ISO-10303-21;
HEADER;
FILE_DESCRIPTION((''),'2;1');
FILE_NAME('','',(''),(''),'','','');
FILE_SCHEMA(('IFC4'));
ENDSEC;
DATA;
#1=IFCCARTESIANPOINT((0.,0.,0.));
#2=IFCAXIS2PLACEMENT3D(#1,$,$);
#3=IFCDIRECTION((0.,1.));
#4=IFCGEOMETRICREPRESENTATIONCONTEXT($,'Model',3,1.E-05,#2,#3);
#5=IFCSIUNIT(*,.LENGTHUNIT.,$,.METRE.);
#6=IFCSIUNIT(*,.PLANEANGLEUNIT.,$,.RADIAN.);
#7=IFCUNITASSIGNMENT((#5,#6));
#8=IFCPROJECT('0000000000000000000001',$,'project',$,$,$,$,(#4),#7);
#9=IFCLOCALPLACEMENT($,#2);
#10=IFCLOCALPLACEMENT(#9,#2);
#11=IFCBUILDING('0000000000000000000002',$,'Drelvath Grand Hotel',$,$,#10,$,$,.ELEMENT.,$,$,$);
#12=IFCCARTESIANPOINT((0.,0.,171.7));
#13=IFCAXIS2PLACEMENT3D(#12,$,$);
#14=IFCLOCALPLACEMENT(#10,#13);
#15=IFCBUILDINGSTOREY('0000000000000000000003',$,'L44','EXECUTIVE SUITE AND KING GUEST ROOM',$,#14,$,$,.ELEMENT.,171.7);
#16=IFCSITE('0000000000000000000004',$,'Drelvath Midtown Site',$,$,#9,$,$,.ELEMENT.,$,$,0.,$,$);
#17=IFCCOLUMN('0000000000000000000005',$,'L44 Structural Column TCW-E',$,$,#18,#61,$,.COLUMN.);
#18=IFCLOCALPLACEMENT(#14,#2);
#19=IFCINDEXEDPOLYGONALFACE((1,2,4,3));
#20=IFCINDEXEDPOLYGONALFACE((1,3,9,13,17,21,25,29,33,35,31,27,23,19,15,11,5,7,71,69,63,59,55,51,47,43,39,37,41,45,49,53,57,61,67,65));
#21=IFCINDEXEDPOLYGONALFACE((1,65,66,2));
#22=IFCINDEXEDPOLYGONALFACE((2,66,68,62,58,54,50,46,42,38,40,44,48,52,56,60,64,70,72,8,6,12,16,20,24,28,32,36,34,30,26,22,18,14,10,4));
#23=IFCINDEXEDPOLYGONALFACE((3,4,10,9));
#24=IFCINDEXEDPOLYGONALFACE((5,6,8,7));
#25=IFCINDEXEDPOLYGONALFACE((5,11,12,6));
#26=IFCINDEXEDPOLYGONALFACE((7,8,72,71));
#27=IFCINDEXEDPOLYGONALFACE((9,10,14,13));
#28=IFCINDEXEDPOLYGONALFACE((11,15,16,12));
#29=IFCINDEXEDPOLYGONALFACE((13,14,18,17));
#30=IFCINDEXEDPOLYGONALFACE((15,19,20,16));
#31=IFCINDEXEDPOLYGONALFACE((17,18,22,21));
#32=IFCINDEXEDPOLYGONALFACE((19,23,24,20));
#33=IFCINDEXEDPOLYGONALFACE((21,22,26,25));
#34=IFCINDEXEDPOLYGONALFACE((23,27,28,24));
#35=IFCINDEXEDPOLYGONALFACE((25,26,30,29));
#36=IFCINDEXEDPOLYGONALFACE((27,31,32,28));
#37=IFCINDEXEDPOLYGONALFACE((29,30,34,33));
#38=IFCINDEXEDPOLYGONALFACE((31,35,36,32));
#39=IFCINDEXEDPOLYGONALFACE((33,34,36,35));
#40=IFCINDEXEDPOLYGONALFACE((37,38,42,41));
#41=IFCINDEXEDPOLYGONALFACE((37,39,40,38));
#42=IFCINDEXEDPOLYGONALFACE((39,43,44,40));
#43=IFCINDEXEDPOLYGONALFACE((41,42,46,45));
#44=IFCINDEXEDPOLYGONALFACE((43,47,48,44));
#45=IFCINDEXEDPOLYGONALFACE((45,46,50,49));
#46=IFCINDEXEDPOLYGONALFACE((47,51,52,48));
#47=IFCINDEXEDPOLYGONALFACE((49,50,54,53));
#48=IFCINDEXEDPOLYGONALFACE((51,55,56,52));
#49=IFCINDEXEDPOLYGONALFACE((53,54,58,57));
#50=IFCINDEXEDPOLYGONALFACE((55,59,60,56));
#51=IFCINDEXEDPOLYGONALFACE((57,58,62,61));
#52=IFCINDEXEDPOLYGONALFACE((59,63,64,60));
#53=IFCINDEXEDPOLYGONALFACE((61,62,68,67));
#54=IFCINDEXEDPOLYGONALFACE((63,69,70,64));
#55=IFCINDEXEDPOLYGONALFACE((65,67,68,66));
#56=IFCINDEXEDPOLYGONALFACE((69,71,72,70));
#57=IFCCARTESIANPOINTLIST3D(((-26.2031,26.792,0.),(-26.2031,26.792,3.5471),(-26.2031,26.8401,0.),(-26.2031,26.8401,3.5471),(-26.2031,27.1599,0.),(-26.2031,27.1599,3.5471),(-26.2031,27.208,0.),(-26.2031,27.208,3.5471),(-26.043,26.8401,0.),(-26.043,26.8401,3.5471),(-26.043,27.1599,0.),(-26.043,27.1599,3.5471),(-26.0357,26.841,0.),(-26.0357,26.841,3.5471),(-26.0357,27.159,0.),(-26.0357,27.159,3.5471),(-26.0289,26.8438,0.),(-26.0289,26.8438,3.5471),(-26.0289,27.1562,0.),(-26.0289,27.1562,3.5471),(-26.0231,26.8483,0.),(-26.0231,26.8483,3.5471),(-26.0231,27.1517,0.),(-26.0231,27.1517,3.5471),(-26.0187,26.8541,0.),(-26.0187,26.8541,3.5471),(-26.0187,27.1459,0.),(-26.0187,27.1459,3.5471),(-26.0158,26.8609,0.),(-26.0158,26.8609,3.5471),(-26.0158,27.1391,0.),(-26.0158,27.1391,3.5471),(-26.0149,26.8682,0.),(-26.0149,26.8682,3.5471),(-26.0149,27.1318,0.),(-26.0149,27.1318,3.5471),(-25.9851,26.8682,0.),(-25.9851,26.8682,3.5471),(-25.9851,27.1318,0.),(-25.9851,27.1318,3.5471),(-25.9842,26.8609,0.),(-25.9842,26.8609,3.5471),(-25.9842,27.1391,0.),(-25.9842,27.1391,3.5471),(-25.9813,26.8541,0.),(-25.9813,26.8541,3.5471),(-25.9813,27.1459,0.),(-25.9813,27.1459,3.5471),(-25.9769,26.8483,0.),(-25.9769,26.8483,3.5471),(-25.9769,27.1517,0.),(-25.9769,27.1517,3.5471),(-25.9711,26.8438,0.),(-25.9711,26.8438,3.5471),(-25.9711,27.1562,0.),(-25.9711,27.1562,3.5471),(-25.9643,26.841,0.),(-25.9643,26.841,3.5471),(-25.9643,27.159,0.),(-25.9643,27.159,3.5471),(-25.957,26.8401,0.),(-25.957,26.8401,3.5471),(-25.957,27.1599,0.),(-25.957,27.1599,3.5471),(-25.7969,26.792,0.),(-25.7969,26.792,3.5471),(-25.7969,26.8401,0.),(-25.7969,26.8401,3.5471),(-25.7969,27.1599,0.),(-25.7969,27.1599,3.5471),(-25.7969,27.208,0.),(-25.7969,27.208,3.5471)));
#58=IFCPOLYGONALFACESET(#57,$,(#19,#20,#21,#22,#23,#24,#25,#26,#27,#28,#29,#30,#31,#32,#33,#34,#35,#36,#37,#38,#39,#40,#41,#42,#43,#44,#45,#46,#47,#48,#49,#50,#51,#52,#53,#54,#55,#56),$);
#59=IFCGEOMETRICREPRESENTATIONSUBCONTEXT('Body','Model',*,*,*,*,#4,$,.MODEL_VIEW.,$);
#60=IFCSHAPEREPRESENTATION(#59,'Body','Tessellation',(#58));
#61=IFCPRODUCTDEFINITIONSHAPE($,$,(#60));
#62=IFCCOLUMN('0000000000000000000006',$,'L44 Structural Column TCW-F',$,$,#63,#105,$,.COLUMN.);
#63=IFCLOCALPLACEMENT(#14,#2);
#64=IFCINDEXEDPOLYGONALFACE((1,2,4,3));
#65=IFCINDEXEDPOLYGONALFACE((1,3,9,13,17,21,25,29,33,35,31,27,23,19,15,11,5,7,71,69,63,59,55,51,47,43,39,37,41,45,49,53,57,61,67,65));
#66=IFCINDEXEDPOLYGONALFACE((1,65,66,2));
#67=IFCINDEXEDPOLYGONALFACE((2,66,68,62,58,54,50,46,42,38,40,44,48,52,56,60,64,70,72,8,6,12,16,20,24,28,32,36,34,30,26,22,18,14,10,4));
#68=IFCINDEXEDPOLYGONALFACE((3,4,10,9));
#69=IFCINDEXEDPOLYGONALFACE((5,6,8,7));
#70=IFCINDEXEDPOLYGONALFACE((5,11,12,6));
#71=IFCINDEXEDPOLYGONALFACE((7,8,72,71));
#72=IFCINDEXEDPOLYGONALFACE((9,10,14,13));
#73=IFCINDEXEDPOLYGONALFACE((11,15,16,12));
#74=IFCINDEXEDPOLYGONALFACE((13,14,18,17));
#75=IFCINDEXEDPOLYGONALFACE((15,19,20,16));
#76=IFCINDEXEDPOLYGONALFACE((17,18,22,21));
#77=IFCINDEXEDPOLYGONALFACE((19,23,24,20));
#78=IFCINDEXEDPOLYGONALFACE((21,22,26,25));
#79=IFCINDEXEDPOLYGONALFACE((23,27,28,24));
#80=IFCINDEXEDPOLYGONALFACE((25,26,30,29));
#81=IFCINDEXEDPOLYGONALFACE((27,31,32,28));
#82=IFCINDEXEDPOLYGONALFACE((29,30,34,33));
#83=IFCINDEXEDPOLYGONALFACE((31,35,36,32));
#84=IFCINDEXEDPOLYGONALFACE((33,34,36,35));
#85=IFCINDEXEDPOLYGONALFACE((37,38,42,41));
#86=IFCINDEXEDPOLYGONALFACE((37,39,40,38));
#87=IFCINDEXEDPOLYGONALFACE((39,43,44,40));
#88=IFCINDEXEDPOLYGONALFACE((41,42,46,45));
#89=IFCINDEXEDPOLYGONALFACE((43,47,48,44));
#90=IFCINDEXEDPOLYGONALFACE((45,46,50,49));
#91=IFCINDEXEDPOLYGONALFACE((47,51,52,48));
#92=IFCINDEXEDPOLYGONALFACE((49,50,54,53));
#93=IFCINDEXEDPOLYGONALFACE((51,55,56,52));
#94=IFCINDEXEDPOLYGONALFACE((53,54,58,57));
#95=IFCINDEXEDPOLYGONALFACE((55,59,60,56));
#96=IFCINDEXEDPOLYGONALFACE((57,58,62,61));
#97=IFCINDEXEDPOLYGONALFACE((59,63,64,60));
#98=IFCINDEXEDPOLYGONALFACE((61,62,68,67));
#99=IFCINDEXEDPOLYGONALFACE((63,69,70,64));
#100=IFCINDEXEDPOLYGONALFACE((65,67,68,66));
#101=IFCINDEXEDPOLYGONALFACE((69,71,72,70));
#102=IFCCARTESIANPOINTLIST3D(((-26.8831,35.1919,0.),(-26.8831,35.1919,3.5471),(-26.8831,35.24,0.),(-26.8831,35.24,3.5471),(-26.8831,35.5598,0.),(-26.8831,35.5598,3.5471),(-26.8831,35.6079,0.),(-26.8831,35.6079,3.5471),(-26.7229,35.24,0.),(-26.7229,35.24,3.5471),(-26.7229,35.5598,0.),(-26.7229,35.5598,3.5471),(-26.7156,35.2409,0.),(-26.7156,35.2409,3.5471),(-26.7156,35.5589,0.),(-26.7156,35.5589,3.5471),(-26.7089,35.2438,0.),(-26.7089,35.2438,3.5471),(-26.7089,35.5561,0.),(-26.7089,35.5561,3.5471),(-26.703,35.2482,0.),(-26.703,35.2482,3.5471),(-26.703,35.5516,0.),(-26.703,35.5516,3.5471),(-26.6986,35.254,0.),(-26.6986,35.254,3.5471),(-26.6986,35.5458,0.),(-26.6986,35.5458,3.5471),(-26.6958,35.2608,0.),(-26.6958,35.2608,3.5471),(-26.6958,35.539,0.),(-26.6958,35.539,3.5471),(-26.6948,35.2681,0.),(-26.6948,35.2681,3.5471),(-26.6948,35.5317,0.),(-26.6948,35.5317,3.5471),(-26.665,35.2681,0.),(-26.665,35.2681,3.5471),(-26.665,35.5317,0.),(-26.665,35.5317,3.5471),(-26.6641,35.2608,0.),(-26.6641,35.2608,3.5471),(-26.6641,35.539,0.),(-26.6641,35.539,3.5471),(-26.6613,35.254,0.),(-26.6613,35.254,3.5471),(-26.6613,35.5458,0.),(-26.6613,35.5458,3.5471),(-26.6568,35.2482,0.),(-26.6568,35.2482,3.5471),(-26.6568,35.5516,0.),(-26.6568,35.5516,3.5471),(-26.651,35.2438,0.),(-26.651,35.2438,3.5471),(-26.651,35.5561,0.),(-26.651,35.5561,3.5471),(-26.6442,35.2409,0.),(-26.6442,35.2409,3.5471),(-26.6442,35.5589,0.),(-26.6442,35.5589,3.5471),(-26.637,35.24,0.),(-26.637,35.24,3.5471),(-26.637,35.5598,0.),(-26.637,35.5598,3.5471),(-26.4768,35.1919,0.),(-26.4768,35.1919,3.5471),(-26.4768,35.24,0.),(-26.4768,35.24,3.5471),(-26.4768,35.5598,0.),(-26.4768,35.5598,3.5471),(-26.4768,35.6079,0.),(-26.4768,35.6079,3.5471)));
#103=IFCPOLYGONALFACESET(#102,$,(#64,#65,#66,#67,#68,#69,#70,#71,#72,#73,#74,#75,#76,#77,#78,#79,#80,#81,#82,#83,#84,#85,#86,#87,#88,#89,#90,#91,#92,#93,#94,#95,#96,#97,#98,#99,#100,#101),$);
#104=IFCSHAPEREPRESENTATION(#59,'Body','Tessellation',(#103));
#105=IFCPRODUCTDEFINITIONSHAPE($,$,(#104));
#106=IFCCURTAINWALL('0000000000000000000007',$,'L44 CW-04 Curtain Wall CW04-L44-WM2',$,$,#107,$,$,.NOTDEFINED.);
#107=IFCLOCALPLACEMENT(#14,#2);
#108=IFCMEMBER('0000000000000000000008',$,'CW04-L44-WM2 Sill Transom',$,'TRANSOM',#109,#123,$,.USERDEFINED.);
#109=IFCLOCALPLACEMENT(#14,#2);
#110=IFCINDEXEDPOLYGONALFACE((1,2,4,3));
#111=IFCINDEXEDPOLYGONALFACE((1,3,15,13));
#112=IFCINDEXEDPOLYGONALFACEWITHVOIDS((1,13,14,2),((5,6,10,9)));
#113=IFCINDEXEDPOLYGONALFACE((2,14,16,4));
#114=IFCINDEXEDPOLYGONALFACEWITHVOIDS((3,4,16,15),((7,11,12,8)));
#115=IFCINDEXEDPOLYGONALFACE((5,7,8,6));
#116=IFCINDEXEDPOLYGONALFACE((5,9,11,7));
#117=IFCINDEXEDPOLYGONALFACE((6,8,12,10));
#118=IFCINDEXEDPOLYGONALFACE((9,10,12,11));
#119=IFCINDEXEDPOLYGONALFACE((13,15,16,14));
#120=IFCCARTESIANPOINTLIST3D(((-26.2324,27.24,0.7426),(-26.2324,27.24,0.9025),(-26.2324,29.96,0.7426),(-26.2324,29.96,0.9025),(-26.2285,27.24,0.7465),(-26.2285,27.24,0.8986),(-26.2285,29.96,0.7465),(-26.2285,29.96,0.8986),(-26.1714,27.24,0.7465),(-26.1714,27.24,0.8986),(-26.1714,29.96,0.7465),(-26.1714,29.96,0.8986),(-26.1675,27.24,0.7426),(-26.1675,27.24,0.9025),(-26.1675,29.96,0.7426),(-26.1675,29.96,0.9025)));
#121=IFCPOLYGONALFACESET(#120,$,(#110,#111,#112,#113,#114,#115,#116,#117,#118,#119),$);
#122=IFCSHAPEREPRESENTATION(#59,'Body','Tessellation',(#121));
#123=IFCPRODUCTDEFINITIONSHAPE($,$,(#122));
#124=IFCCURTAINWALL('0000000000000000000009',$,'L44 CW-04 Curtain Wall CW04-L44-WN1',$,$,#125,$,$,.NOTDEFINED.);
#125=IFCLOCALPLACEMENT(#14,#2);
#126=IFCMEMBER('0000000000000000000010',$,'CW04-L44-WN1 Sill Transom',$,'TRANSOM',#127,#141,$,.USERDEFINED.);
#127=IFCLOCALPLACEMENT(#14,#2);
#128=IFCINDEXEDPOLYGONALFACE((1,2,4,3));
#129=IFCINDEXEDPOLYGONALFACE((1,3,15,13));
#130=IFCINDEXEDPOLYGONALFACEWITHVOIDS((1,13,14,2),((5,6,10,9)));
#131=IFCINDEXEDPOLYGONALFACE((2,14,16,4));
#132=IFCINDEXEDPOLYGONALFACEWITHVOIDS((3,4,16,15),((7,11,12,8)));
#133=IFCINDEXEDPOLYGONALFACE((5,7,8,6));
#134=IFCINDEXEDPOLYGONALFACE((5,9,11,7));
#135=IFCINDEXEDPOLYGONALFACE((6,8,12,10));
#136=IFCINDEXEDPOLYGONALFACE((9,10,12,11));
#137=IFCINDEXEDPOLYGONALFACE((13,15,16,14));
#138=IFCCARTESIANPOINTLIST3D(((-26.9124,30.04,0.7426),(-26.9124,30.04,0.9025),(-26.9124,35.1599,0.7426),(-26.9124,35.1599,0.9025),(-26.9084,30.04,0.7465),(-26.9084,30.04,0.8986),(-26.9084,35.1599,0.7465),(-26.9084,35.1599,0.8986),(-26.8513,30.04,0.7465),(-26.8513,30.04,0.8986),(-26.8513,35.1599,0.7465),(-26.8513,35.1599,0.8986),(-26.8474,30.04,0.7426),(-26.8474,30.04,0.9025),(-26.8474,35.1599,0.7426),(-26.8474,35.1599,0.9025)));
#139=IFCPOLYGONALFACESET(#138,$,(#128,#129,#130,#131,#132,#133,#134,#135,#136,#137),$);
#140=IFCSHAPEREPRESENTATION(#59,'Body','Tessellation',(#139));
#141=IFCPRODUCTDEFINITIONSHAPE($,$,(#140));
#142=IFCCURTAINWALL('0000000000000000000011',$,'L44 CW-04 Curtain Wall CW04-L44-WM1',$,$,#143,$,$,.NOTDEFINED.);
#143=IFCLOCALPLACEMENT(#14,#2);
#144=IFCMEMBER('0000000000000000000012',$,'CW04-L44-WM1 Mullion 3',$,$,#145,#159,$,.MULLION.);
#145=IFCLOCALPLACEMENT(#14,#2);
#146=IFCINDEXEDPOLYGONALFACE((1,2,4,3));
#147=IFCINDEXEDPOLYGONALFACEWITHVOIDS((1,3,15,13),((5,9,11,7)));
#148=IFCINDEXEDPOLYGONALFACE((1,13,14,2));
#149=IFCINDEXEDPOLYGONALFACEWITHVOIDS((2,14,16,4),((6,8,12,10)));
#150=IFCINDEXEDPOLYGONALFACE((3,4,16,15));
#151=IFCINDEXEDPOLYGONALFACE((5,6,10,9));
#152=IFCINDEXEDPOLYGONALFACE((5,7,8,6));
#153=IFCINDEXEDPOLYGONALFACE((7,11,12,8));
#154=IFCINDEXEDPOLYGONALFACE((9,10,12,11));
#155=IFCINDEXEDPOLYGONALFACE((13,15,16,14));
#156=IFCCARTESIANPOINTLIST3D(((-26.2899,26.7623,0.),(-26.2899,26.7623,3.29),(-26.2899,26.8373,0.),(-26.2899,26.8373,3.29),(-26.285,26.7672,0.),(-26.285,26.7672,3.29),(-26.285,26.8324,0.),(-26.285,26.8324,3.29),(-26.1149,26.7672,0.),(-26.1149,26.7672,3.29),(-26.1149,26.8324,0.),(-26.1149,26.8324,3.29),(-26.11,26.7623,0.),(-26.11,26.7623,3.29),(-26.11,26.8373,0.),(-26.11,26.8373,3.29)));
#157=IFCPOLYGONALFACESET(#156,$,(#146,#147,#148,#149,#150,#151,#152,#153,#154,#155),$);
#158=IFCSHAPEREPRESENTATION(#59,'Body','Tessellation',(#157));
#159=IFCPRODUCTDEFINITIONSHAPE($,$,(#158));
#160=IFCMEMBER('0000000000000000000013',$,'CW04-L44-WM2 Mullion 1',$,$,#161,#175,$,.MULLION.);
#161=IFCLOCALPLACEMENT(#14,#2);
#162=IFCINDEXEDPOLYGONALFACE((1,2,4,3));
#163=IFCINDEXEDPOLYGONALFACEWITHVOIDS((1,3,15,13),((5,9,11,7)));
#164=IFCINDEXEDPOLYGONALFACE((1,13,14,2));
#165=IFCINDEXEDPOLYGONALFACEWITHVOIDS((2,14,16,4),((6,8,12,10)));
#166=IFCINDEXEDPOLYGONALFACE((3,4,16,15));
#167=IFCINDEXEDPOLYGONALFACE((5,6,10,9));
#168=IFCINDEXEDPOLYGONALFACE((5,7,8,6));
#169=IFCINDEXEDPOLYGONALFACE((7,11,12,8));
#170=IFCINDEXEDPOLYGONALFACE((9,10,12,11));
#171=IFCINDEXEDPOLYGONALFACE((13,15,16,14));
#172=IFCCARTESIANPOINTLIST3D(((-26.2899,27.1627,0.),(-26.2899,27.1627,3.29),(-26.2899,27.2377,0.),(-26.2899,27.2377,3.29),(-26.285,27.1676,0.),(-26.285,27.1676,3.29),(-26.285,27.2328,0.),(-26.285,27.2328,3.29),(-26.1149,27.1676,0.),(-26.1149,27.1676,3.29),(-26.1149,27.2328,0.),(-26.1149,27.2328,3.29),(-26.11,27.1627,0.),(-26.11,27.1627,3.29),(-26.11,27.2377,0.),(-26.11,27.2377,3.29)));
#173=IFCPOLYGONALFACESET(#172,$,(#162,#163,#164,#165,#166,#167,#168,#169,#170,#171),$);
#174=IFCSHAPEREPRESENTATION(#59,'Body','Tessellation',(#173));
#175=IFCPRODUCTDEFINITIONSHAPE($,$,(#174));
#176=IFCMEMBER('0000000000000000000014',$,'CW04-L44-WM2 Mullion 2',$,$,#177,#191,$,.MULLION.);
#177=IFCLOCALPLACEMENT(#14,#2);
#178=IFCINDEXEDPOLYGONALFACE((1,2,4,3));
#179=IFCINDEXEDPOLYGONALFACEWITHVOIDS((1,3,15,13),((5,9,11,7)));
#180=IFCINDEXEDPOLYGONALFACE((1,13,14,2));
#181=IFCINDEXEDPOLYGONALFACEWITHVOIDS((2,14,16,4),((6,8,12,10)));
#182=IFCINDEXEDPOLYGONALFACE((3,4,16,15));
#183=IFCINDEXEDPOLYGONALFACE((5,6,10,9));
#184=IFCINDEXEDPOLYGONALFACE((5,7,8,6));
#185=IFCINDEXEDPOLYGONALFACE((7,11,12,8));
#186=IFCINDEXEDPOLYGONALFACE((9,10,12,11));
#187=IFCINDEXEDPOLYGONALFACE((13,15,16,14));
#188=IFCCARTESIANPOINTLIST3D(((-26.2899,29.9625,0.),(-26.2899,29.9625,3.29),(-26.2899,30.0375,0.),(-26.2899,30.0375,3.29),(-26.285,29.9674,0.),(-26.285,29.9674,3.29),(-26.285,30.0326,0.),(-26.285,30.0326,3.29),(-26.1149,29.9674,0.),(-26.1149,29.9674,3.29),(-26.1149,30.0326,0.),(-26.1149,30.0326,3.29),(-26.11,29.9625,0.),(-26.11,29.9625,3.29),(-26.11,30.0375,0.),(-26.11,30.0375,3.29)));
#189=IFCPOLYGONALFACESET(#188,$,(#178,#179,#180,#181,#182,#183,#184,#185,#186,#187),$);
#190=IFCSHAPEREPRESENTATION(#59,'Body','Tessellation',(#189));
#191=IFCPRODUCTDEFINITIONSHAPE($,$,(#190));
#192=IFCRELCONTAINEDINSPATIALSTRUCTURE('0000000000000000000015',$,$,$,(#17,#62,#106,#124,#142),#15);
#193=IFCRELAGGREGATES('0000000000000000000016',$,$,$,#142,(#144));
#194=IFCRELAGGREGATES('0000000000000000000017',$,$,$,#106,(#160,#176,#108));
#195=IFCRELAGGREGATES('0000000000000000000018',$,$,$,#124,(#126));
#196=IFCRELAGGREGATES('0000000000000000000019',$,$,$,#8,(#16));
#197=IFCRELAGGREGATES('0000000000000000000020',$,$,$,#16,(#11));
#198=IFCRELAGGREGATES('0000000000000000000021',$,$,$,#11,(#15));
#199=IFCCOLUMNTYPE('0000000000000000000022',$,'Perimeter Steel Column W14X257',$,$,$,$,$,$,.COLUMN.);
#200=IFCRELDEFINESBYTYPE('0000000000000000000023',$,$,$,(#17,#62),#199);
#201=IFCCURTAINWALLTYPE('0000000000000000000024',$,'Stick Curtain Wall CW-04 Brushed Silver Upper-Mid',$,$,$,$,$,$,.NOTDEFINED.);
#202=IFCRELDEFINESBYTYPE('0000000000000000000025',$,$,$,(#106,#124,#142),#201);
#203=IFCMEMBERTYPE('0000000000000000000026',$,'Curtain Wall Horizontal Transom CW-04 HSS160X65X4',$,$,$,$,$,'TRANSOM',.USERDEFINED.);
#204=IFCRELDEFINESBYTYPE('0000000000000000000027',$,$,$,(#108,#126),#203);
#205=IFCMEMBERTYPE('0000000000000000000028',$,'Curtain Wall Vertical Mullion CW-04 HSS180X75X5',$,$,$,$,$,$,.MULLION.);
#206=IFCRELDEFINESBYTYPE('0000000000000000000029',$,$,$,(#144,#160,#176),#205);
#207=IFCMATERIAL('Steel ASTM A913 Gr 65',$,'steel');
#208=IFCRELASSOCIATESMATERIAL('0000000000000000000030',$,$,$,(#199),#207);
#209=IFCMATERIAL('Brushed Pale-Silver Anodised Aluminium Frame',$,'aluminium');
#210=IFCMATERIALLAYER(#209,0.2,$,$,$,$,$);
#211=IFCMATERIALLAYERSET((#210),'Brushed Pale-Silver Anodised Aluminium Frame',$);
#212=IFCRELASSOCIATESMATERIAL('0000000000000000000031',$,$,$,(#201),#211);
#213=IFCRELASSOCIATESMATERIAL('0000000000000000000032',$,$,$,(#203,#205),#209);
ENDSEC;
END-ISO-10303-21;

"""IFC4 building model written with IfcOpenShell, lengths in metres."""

from ifc_helpers import new_model, si_unit, direction, frame, origin, origin_2d, place, context, subcontext, project, spatial, hollow_rectangle, i_section, extrude, material, layer, layer_set, material_profile, profile_set, type_object, element, aggregate, save


model = new_model("IFC4")

# Units and contexts
model_context = context("Model", 3, precision=1e-05, world=origin(), true_north=direction((0.0, 1.0)))
body_context = subcontext(model_context, "Body", "Model", "MODEL_VIEW")
ifc_project = project(units=[si_unit("LENGTHUNIT", "METRE"), si_unit("PLANEANGLEUNIT", "RADIAN")], contexts=[model_context])

# Site, building, storey
site_placement = place(None, origin())
site = spatial("IfcSite", under=ifc_project, at=site_placement, Name="Drelvath Midtown Site", CompositionType="ELEMENT", RefElevation=0.0)
building_placement = place(site_placement, origin())
building = spatial("IfcBuilding", under=site, at=building_placement, Name="Drelvath Grand Hotel", CompositionType="ELEMENT")
storey_placement = place(building_placement, frame((0.0, 0.0, 171.7)))
storey = spatial("IfcBuildingStorey", under=building, at=storey_placement, Name="L44", Description="EXECUTIVE SUITE AND KING GUEST ROOM", CompositionType="ELEMENT", Elevation=171.7)

# Columns
ifc_material_1 = material(Name="Steel ASTM A913 Gr 65", Category="steel")
ifc_material_profile_1 = material_profile(ifc_material_1, i_section(OverallWidth=0.4062, OverallDepth=0.416, WebThickness=0.0298, FlangeThickness=0.0481, FilletRadius=0.0281, at=origin_2d()), Name="W14X257")
ifc_profile_set_1 = profile_set([ifc_material_profile_1], Name="Steel ASTM A913 Gr 65")
column_type = type_object("IfcColumnType", Name="Perimeter Steel Column W14X257", PredefinedType="COLUMN", material=ifc_profile_set_1)
for number, where, z_axis, x_axis, name in (
    (1, (-26.0, 27.0, 0.0), (0.0, 0.0, 1.0), (1.0, 0.0, 0.0), "L44 Structural Column TCW-E"),
    (2, (-26.6799, 35.3999, 0.0), (0.0, 0.0, 1.0), (1.0, 0.0, 0.0), "L44 Structural Column TCW-F"),
):
    element("IfcColumn", number, at=place(storey_placement, frame(where, z_axis=z_axis, x_axis=x_axis)), inside=storey, type_object=column_type, Name=name, PredefinedType="COLUMN", context=body_context, shape_type="SweptSolid", body=[
        extrude(i_section(OverallWidth=0.4062, OverallDepth=0.416, WebThickness=0.0298, FlangeThickness=0.0481, FilletRadius=0.0281, at=origin_2d()), origin(), (0.0, 0.0, 1.0), 3.5471),
    ])

# Curtain walls, members
ifc_material_2 = material(Name="Brushed Pale-Silver Anodised Aluminium Frame", Category="aluminium")
ifc_layer_1 = layer(ifc_material_2, 0.2)
ifc_layer_set_1 = layer_set([ifc_layer_1], Name="Brushed Pale-Silver Anodised Aluminium Frame")
curtain_wall_type = type_object("IfcCurtainWallType", Name="Stick Curtain Wall CW-04 Brushed Silver Upper-Mid", PredefinedType="NOTDEFINED", material=ifc_layer_set_1)
curtain_wall_1_placement = place(storey_placement, origin())
curtain_wall_1 = element("IfcCurtainWall", 3, at=curtain_wall_1_placement, inside=storey, type_object=curtain_wall_type, Name="L44 CW-04 Curtain Wall CW04-L44-WM2", PredefinedType="NOTDEFINED")
ifc_material_profile_2 = material_profile(ifc_material_2, hollow_rectangle(XDim=0.0649, YDim=0.1599, WallThickness=0.0039, at=origin_2d()), Name="HSS160X65X4")
ifc_profile_set_2 = profile_set([ifc_material_profile_2], Name="Brushed Pale-Silver Anodised Aluminium Frame")
member_type_1 = type_object("IfcMemberType", Name="Curtain Wall Horizontal Transom CW-04 HSS160X65X4", ElementType="TRANSOM", PredefinedType="USERDEFINED", material=ifc_profile_set_2)
member_1_placement = place(storey_placement, frame((-26.2, 27.24, 0.8225), z_axis=(0.0, 1.0, 0.0), x_axis=(-1.0, 0.0, 0.0)))
member_1 = element("IfcMember", 4, at=member_1_placement, type_object=member_type_1, Name="CW04-L44-WM2 Sill Transom", ObjectType="TRANSOM", PredefinedType="USERDEFINED", context=body_context, shape_type="SweptSolid", body=[
    extrude(hollow_rectangle(XDim=0.0649, YDim=0.1599, WallThickness=0.0039, at=origin_2d()), origin(), (0.0, 0.0, 1.0), 2.72),
])
curtain_wall_2_placement = place(storey_placement, origin())
curtain_wall_2 = element("IfcCurtainWall", 5, at=curtain_wall_2_placement, inside=storey, type_object=curtain_wall_type, Name="L44 CW-04 Curtain Wall CW04-L44-WN1", PredefinedType="NOTDEFINED")
member_2_placement = place(storey_placement, frame((-26.8799, 30.04, 0.8225), z_axis=(0.0, 1.0, 0.0), x_axis=(-1.0, 0.0, 0.0)))
member_2 = element("IfcMember", 6, at=member_2_placement, type_object=member_type_1, Name="CW04-L44-WN1 Sill Transom", ObjectType="TRANSOM", PredefinedType="USERDEFINED", context=body_context, shape_type="SweptSolid", body=[
    extrude(hollow_rectangle(XDim=0.0649, YDim=0.1599, WallThickness=0.0039, at=origin_2d()), origin(), (0.0, 0.0, 1.0), 5.1199),
])
curtain_wall_3_placement = place(storey_placement, origin())
curtain_wall_3 = element("IfcCurtainWall", 7, at=curtain_wall_3_placement, inside=storey, type_object=curtain_wall_type, Name="L44 CW-04 Curtain Wall CW04-L44-WM1", PredefinedType="NOTDEFINED")
ifc_material_profile_3 = material_profile(ifc_material_2, hollow_rectangle(XDim=0.075, YDim=0.1799, WallThickness=0.0049, at=origin_2d()), Name="HSS180X75X5")
ifc_profile_set_3 = profile_set([ifc_material_profile_3], Name="Brushed Pale-Silver Anodised Aluminium Frame")
member_type_2 = type_object("IfcMemberType", Name="Curtain Wall Vertical Mullion CW-04 HSS180X75X5", PredefinedType="MULLION", material=ifc_profile_set_3)
member_3_placement = place(storey_placement, frame((-26.2, 26.7998, 0.0), z_axis=(0.0, 0.0, 1.0), x_axis=(0.0, 1.0, 0.0)))
member_3 = element("IfcMember", 8, at=member_3_placement, type_object=member_type_2, Name="CW04-L44-WM1 Mullion 3", PredefinedType="MULLION", context=body_context, shape_type="SweptSolid", body=[
    extrude(hollow_rectangle(XDim=0.075, YDim=0.1799, WallThickness=0.0049, at=origin_2d()), origin(), (0.0, 0.0, 1.0), 3.29),
])
aggregate(curtain_wall_3, [member_3])

# Members
member_4_placement = place(storey_placement, frame((-26.2, 27.2002, 0.0), z_axis=(0.0, 0.0, 1.0), x_axis=(0.0, 1.0, 0.0)))
member_4 = element("IfcMember", 9, at=member_4_placement, type_object=member_type_2, Name="CW04-L44-WM2 Mullion 1", PredefinedType="MULLION", context=body_context, shape_type="SweptSolid", body=[
    extrude(hollow_rectangle(XDim=0.075, YDim=0.1799, WallThickness=0.0049, at=origin_2d()), origin(), (0.0, 0.0, 1.0), 3.29),
])
member_5_placement = place(storey_placement, frame((-26.2, 30.0, 0.0), z_axis=(0.0, 0.0, 1.0), x_axis=(0.0, 1.0, 0.0)))
member_5 = element("IfcMember", 10, at=member_5_placement, type_object=member_type_2, Name="CW04-L44-WM2 Mullion 2", PredefinedType="MULLION", context=body_context, shape_type="SweptSolid", body=[
    extrude(hollow_rectangle(XDim=0.075, YDim=0.1799, WallThickness=0.0049, at=origin_2d()), origin(), (0.0, 0.0, 1.0), 3.29),
])

aggregate(curtain_wall_1, [member_4, member_5, member_1])
aggregate(curtain_wall_2, [member_2])

save(model, "model.ifc")
